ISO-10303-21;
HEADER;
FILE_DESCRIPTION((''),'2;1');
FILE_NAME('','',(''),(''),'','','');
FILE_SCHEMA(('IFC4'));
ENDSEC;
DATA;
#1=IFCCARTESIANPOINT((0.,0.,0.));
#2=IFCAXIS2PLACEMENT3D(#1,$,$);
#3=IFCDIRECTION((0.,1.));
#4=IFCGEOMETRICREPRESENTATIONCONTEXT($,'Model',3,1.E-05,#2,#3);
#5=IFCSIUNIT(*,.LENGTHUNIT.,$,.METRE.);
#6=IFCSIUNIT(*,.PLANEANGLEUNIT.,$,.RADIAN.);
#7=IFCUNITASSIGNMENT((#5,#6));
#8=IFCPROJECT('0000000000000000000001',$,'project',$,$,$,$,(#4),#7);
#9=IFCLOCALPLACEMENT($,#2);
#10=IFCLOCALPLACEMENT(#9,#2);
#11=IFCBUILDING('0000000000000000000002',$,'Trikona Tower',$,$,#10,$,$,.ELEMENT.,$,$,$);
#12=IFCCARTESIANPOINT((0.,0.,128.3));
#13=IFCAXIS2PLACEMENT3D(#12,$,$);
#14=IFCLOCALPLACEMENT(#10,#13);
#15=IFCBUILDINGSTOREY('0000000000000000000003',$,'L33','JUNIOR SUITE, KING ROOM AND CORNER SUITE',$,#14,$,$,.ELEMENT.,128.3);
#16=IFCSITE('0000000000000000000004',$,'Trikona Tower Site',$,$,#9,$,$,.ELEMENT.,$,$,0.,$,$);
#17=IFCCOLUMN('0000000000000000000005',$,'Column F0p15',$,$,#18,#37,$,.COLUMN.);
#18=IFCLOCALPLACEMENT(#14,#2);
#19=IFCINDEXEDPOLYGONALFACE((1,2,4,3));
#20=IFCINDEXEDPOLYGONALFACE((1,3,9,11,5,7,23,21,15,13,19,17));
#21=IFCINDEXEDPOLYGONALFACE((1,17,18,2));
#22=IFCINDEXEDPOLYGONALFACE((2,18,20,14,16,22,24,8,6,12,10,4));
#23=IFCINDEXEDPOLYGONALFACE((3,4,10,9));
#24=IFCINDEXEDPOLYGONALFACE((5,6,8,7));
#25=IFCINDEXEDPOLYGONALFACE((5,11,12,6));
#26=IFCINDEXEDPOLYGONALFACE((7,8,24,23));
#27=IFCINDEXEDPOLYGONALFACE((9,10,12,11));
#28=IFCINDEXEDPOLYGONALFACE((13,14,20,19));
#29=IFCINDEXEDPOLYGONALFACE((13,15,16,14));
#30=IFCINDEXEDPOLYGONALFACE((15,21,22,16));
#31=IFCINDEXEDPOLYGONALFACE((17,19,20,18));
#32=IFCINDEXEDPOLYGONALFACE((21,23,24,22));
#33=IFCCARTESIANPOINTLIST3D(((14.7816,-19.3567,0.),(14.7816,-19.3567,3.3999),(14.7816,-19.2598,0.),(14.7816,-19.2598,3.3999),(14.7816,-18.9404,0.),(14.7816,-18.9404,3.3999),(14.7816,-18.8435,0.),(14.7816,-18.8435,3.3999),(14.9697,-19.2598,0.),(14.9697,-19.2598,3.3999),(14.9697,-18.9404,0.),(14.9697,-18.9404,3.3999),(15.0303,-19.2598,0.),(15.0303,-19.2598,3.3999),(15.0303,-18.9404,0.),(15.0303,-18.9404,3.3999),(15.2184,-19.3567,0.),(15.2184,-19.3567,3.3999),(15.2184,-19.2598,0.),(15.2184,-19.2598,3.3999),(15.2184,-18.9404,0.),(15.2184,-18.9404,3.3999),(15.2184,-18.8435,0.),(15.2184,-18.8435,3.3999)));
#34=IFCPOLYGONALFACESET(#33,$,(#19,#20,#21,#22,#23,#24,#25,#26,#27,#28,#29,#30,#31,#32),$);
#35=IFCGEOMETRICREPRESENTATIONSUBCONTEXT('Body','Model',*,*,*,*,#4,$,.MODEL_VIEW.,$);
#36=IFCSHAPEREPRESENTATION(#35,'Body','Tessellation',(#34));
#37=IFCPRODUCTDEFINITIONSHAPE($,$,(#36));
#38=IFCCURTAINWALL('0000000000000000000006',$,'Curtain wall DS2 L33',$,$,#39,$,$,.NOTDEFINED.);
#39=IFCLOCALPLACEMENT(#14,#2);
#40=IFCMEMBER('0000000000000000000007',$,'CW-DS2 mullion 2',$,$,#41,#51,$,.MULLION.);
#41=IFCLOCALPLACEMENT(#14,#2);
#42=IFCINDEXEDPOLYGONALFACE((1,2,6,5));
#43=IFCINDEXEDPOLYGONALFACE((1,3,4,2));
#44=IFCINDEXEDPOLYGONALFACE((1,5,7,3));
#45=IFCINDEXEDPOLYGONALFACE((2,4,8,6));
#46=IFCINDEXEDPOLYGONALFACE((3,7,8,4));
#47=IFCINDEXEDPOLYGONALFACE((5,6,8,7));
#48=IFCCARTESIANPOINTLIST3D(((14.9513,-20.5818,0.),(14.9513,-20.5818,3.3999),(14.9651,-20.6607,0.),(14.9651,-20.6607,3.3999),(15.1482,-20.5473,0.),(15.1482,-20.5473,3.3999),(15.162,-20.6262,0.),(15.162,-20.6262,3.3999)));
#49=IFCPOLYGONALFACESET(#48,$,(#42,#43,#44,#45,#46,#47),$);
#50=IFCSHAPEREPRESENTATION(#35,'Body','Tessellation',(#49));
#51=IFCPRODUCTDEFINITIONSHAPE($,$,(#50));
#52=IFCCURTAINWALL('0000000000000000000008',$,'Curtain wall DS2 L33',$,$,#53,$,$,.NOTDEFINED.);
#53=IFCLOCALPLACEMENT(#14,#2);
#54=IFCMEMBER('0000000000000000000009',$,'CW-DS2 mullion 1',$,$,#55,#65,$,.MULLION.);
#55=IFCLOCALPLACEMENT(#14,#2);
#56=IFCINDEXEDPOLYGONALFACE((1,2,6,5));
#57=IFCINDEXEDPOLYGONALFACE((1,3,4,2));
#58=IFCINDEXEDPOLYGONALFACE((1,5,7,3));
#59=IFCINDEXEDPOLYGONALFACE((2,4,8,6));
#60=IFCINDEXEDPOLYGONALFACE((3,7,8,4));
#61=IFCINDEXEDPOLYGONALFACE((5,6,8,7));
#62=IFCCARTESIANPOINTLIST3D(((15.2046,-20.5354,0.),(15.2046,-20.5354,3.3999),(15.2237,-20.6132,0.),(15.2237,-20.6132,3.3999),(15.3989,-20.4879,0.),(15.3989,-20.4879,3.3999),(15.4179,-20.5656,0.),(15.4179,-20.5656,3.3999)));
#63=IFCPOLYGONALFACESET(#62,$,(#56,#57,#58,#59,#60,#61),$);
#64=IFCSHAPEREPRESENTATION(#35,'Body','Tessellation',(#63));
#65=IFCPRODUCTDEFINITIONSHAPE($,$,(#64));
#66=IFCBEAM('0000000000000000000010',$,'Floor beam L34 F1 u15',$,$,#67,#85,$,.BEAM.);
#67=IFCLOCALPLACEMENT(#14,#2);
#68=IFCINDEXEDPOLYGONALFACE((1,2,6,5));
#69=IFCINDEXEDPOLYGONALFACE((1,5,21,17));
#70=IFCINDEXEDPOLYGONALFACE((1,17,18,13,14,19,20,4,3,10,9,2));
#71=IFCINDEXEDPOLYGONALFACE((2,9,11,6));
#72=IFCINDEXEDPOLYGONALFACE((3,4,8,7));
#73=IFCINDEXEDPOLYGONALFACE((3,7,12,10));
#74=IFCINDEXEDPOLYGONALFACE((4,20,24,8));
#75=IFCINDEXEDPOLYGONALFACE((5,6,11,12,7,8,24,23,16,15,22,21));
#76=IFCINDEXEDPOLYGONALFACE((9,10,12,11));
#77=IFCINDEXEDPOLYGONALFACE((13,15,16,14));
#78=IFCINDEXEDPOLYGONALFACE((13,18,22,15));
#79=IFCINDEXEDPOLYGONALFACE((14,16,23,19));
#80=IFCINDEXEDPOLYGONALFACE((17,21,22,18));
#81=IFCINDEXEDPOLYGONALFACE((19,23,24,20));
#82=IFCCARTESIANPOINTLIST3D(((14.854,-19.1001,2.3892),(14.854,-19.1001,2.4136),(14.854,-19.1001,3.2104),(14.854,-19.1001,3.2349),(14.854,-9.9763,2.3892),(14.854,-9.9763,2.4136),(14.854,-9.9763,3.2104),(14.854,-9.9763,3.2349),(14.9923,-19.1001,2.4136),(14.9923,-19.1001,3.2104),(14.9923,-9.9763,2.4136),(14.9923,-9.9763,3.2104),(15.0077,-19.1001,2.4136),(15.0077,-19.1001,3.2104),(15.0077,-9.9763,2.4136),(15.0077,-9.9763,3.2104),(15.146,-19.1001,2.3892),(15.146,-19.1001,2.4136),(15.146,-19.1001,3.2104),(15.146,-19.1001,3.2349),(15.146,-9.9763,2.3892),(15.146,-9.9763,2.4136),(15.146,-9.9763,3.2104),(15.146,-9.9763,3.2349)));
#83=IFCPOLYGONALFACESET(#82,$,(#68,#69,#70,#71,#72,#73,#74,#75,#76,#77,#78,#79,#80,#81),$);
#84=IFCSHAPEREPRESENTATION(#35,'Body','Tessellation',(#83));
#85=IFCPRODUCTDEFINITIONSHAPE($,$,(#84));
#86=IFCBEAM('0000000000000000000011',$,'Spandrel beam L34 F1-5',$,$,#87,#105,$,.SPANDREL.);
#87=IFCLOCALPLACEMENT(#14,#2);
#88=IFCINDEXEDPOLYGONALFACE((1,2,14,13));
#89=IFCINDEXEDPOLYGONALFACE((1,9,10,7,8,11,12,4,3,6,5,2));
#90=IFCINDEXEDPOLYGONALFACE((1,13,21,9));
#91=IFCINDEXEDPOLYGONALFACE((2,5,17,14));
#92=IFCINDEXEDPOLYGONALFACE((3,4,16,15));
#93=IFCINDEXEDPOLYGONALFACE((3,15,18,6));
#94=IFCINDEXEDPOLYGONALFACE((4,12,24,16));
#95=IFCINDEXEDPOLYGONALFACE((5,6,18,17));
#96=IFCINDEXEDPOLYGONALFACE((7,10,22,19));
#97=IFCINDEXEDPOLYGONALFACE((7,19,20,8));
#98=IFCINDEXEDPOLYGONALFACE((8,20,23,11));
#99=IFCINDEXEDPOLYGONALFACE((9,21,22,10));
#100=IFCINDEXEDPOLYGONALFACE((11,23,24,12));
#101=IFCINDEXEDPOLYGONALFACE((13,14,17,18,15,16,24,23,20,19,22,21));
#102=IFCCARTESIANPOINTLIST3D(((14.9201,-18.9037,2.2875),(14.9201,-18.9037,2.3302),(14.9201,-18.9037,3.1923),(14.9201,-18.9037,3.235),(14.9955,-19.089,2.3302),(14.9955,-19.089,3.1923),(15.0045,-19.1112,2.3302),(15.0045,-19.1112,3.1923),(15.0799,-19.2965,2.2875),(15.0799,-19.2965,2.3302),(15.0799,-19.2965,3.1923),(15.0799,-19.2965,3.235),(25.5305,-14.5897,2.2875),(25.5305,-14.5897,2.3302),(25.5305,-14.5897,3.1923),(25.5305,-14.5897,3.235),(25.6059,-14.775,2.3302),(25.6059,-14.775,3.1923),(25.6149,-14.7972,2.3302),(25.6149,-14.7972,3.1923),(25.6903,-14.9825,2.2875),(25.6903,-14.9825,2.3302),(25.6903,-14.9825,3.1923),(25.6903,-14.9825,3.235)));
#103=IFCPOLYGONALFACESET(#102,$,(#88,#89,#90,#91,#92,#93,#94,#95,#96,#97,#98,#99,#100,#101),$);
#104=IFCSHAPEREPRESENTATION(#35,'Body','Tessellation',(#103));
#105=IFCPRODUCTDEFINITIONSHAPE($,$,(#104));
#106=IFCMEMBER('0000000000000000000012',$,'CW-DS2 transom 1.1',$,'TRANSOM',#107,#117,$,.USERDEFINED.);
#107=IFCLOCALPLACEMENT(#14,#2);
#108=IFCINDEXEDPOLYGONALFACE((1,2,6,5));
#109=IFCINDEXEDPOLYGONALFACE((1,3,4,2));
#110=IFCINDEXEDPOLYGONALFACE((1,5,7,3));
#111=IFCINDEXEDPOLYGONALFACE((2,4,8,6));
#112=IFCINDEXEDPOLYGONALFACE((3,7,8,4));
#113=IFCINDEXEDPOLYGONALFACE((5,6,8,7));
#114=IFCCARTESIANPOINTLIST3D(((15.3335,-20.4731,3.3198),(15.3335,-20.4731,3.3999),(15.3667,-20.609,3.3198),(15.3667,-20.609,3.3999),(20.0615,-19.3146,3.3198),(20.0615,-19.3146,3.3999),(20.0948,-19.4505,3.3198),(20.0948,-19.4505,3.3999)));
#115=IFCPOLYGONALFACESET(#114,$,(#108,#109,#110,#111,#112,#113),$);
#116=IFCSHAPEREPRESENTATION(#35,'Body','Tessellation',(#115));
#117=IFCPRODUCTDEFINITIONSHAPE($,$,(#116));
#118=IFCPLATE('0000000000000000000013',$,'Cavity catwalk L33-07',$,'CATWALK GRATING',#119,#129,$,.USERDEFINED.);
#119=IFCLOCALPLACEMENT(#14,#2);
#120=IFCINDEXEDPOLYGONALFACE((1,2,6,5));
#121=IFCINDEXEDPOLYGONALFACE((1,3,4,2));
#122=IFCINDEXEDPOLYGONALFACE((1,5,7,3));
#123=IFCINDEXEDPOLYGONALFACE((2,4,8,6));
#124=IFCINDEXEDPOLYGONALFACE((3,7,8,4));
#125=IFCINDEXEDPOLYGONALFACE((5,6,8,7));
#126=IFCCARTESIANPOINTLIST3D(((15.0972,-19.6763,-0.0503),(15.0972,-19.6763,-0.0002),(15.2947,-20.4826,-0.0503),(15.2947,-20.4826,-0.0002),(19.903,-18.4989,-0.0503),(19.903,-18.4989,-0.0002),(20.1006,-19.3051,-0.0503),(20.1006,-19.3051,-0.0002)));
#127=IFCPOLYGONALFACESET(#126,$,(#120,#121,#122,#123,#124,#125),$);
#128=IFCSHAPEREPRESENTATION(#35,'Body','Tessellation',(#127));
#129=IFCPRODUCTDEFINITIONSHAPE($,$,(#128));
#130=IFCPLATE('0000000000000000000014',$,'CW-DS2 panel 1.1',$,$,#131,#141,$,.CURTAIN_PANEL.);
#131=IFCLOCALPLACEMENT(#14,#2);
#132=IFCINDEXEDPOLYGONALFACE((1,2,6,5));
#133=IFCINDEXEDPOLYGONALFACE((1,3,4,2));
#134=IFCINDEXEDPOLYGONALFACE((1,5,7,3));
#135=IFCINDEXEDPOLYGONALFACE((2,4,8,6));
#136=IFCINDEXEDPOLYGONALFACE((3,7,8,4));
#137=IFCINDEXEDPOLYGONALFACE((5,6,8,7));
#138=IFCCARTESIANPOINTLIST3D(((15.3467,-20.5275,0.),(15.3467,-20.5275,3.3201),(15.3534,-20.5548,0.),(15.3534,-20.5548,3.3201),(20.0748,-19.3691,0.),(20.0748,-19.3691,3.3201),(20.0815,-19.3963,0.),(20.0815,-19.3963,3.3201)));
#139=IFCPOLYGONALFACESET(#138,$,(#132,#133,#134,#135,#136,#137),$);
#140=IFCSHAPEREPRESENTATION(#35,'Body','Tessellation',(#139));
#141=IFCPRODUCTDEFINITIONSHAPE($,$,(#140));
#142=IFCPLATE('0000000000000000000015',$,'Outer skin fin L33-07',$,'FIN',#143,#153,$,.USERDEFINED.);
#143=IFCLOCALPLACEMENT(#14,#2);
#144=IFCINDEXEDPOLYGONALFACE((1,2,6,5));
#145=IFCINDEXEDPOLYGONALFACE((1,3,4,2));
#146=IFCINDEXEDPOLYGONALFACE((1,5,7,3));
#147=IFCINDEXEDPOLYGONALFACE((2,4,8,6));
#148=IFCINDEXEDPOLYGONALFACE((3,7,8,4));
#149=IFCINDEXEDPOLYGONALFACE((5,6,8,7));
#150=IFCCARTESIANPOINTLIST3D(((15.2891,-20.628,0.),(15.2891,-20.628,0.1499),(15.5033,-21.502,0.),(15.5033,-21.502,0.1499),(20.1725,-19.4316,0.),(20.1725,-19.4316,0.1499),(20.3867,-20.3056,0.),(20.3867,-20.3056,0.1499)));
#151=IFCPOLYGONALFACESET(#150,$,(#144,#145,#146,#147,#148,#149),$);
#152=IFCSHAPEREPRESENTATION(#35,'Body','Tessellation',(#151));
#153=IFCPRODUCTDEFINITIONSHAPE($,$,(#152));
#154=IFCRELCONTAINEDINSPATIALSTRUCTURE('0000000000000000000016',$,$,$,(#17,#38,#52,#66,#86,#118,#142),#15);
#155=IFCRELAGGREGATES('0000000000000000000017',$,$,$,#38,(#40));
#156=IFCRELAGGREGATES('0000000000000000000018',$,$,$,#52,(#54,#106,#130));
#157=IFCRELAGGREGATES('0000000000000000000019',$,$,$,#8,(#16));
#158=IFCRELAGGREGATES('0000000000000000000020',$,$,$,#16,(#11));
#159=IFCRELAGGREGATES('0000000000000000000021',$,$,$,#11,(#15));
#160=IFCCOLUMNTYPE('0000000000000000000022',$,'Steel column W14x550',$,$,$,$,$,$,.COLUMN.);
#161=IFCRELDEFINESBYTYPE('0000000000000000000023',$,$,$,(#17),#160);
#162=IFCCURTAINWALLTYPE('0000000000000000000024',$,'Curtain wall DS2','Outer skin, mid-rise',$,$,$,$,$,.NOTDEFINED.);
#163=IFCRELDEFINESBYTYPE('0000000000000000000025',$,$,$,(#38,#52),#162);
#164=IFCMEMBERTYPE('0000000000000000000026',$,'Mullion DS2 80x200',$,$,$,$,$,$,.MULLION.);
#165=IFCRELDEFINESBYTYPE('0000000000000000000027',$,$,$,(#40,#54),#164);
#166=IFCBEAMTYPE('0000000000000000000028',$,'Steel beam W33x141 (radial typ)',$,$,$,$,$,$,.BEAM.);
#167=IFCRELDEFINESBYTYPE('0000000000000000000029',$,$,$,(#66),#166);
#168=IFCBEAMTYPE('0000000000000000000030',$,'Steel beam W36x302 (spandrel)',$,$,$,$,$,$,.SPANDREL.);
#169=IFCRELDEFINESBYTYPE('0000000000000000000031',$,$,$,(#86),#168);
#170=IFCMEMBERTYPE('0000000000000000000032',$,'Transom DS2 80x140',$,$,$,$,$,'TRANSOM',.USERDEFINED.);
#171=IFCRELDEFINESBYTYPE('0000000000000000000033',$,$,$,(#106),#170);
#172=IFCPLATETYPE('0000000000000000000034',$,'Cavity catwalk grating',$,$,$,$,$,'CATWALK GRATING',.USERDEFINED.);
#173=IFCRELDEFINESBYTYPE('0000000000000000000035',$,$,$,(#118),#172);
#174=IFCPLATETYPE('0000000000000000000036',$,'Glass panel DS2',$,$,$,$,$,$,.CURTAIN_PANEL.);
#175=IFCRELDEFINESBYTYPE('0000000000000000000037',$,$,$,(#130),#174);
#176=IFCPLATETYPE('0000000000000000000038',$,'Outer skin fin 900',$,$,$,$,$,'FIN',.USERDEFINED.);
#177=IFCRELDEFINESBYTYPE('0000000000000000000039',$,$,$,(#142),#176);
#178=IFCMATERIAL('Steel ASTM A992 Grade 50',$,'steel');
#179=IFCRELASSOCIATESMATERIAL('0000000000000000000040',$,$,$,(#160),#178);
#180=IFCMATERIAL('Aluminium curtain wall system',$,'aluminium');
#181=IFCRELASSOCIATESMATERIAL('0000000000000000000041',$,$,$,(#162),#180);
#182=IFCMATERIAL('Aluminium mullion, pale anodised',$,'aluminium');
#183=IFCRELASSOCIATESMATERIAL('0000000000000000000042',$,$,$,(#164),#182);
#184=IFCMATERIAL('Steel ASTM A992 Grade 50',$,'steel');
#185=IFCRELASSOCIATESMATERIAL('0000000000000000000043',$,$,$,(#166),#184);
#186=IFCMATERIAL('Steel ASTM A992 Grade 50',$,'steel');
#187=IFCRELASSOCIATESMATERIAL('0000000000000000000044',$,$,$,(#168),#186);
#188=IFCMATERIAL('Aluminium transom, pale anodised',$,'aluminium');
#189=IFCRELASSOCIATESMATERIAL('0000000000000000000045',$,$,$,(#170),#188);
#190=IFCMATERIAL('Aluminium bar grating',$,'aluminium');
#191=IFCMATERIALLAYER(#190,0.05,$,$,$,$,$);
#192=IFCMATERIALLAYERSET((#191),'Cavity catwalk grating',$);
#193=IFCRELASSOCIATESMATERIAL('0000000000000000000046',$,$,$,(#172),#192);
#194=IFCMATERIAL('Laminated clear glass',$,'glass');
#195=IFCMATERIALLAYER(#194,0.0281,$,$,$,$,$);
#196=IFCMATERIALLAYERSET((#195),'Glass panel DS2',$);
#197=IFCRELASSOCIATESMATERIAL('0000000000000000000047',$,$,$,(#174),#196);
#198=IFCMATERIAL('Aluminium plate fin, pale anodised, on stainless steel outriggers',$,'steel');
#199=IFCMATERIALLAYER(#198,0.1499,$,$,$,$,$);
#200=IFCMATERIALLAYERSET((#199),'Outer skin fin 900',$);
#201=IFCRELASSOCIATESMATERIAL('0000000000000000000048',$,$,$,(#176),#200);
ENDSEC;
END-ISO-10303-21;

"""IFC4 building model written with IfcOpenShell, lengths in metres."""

from ifc_helpers import new_model, si_unit, direction, frame, origin, origin_2d, place, context, subcontext, project, spatial, rectangle, i_section, extrude, material, layer, layer_set, material_profile, profile_set, type_object, element, aggregate, save


model = new_model("IFC4")

# Units and contexts
model_context = context("Model", 3, precision=1e-05, world=origin(), true_north=direction((0.0, 1.0)))
body_context = subcontext(model_context, "Body", "Model", "MODEL_VIEW")
ifc_project = project(units=[si_unit("LENGTHUNIT", "METRE"), si_unit("PLANEANGLEUNIT", "RADIAN")], contexts=[model_context])

# Site, building, storey
site_placement = place(None, origin())
site = spatial("IfcSite", under=ifc_project, at=site_placement, Name="Trikona Tower Site", CompositionType="ELEMENT", RefElevation=0.0)
building_placement = place(site_placement, origin())
building = spatial("IfcBuilding", under=site, at=building_placement, Name="Trikona Tower", CompositionType="ELEMENT")
storey_placement = place(building_placement, frame((0.0, 0.0, 128.3)))
storey = spatial("IfcBuildingStorey", under=building, at=storey_placement, Name="L33", Description="JUNIOR SUITE, KING ROOM AND CORNER SUITE", CompositionType="ELEMENT", Elevation=128.3)

# Column
ifc_material_1 = material(Name="Steel ASTM A992 Grade 50", Category="steel")
ifc_material_profile_1 = material_profile(ifc_material_1, i_section(OverallWidth=0.4368, OverallDepth=0.5132, WebThickness=0.0605, FlangeThickness=0.0969, at=origin_2d()), Name="W14X550")
ifc_profile_set_1 = profile_set([ifc_material_profile_1], Name="Steel ASTM A992 Grade 50")
column_type = type_object("IfcColumnType", Name="Steel column W14x550", PredefinedType="COLUMN", material=ifc_profile_set_1)
column_placement = place(storey_placement, frame((15.0, -19.1001, 0.0), z_axis=(0.0, 0.0, 1.0), x_axis=(1.0, 0.0, 0.0)))
element("IfcColumn", 1, at=column_placement, inside=storey, type_object=column_type, Name="Column F0p15", PredefinedType="COLUMN", context=body_context, shape_type="SweptSolid", body=[
    extrude(i_section(OverallWidth=0.4368, OverallDepth=0.5132, WebThickness=0.0605, FlangeThickness=0.0969, at=origin_2d()), origin(), (0.0, 0.0, 1.0), 3.3999),
])

# Curtain walls, members
ifc_material_2 = material(Name="Aluminium curtain wall system", Category="aluminium")
curtain_wall_type = type_object("IfcCurtainWallType", Name="Curtain wall DS2", Description="Outer skin, mid-rise", PredefinedType="NOTDEFINED", material=ifc_material_2)
curtain_wall_1_placement = place(storey_placement, origin())
curtain_wall_1 = element("IfcCurtainWall", 2, at=curtain_wall_1_placement, inside=storey, type_object=curtain_wall_type, Name="Curtain wall DS2 L33", PredefinedType="NOTDEFINED")
ifc_material_3 = material(Name="Aluminium mullion, pale anodised", Category="aluminium")
ifc_material_profile_2 = material_profile(ifc_material_3, rectangle(XDim=0.0801, YDim=0.2, at=origin_2d()), Name="MUL-DS2")
ifc_profile_set_2 = profile_set([ifc_material_profile_2], Name="Aluminium mullion, pale anodised")
member_type_1 = type_object("IfcMemberType", Name="Mullion DS2 80x200", PredefinedType="MULLION", material=ifc_profile_set_2)
member_1_placement = place(storey_placement, frame((15.0566, -20.604, 0.0), z_axis=(0.0, 0.0, 1.0), x_axis=(-0.172377, 0.985031, 0.0)))
member_1 = element("IfcMember", 3, at=member_1_placement, type_object=member_type_1, Name="CW-DS2 mullion 2", PredefinedType="MULLION", context=body_context, shape_type="SweptSolid", body=[
    extrude(rectangle(XDim=0.0801, YDim=0.2, at=origin_2d()), origin(), (0.0, 0.0, 1.0), 3.3999),
])
aggregate(curtain_wall_1, [member_1])
curtain_wall_2_placement = place(storey_placement, origin())
curtain_wall_2 = element("IfcCurtainWall", 4, at=curtain_wall_2_placement, inside=storey, type_object=curtain_wall_type, Name="Curtain wall DS2 L33", PredefinedType="NOTDEFINED")
member_2_placement = place(storey_placement, frame((15.3113, -20.5505, 0.0), z_axis=(0.0, 0.0, 1.0), x_axis=(-0.23797, 0.971272, 0.0)))
member_2 = element("IfcMember", 5, at=member_2_placement, type_object=member_type_1, Name="CW-DS2 mullion 1", PredefinedType="MULLION", context=body_context, shape_type="SweptSolid", body=[
    extrude(rectangle(XDim=0.0801, YDim=0.2, at=origin_2d()), origin(), (0.0, 0.0, 1.0), 3.3999),
])

# Beams
ifc_material_4 = material(Name="Steel ASTM A992 Grade 50", Category="steel")
ifc_material_profile_3 = material_profile(ifc_material_4, i_section(OverallWidth=0.292, OverallDepth=0.8457, WebThickness=0.0154, FlangeThickness=0.0244, at=origin_2d()), Name="W33X141")
ifc_profile_set_3 = profile_set([ifc_material_profile_3], Name="Steel ASTM A992 Grade 50")
beam_type_1 = type_object("IfcBeamType", Name="Steel beam W33x141 (radial typ)", PredefinedType="BEAM", material=ifc_profile_set_3)
beam_1_placement = place(storey_placement, frame((15.0, -9.9763, 2.812), z_axis=(0.0, -1.0, 0.0), x_axis=(1.0, 0.0, 0.0)))
element("IfcBeam", 6, at=beam_1_placement, inside=storey, type_object=beam_type_1, Name="Floor beam L34 F1 u15", PredefinedType="BEAM", context=body_context, shape_type="SweptSolid", body=[
    extrude(i_section(OverallWidth=0.292, OverallDepth=0.8457, WebThickness=0.0154, FlangeThickness=0.0244, at=origin_2d()), origin(), (0.0, 0.0, 1.0), 9.1238),
])
ifc_material_5 = material(Name="Steel ASTM A992 Grade 50", Category="steel")
ifc_material_profile_4 = material_profile(ifc_material_5, i_section(OverallWidth=0.4241, OverallDepth=0.9475, WebThickness=0.0239, FlangeThickness=0.0427, at=origin_2d()), Name="W36X302")
ifc_profile_set_4 = profile_set([ifc_material_profile_4], Name="Steel ASTM A992 Grade 50")
beam_type_2 = type_object("IfcBeamType", Name="Steel beam W36x302 (spandrel)", PredefinedType="SPANDREL", material=ifc_profile_set_4)
beam_2_placement = place(storey_placement, frame((15.0, -19.1001, 2.7612), z_axis=(0.92636, 0.37664, 0.0), x_axis=(-0.37664, 0.92636, 0.0)))
element("IfcBeam", 7, at=beam_2_placement, inside=storey, type_object=beam_type_2, Name="Spandrel beam L34 F1-5", PredefinedType="SPANDREL", context=body_context, shape_type="SweptSolid", body=[
    extrude(i_section(OverallWidth=0.4241, OverallDepth=0.9475, WebThickness=0.0239, FlangeThickness=0.0427, at=origin_2d()), origin(), (0.0, 0.0, 1.0), 11.4539),
])

# Member
ifc_material_6 = material(Name="Aluminium transom, pale anodised", Category="aluminium")
ifc_material_profile_5 = material_profile(ifc_material_6, rectangle(XDim=0.1399, YDim=0.0801, at=origin_2d()), Name="TRN-DS2")
ifc_profile_set_5 = profile_set([ifc_material_profile_5], Name="Aluminium transom, pale anodised")
member_type_2 = type_object("IfcMemberType", Name="Transom DS2 80x140", ElementType="TRANSOM", PredefinedType="USERDEFINED", material=ifc_profile_set_5)
member_3_placement = place(storey_placement, frame((15.3501, -20.541, 3.3599), z_axis=(0.971271, 0.237978, 0.0), x_axis=(-0.237978, 0.971271, 0.0)))
member_3 = element("IfcMember", 8, at=member_3_placement, type_object=member_type_2, Name="CW-DS2 transom 1.1", ObjectType="TRANSOM", PredefinedType="USERDEFINED", context=body_context, shape_type="SweptSolid", body=[
    extrude(rectangle(XDim=0.1399, YDim=0.0801, at=origin_2d()), origin(), (0.0, 0.0, 1.0), 4.8679),
])

# Plates
ifc_material_7 = material(Name="Aluminium bar grating", Category="aluminium")
ifc_layer_1 = layer(ifc_material_7, 0.05)
ifc_layer_set_1 = layer_set([ifc_layer_1], Name="Cavity catwalk grating")
plate_type_1 = type_object("IfcPlateType", Name="Cavity catwalk grating", ElementType="CATWALK GRATING", PredefinedType="USERDEFINED", material=ifc_layer_set_1)
plate_1_placement = place(storey_placement, frame((17.5989, -19.4907, -0.0503), z_axis=(0.0, 0.0, 1.0), x_axis=(0.971274, 0.237962, 0.0)))
element("IfcPlate", 9, at=plate_1_placement, inside=storey, type_object=plate_type_1, Name="Cavity catwalk L33-07", ObjectType="CATWALK GRATING", PredefinedType="USERDEFINED", context=body_context, shape_type="SweptSolid", body=[
    extrude(rectangle(XDim=4.948, YDim=0.8301, at=origin_2d()), origin(), (0.0, 0.0, 1.0), 0.05),
])
ifc_material_8 = material(Name="Laminated clear glass", Category="glass")
ifc_layer_2 = layer(ifc_material_8, 0.0281)
ifc_layer_set_2 = layer_set([ifc_layer_2], Name="Glass panel DS2")
plate_type_2 = type_object("IfcPlateType", Name="Glass panel DS2", PredefinedType="CURTAIN_PANEL", material=ifc_layer_set_2)
plate_2_placement = place(storey_placement, frame((17.7141, -19.9619, 0.0), z_axis=(0.0, 0.0, 1.0), x_axis=(0.971272, 0.23797, 0.0)))
plate_2 = element("IfcPlate", 10, at=plate_2_placement, type_object=plate_type_2, Name="CW-DS2 panel 1.1", PredefinedType="CURTAIN_PANEL", context=body_context, shape_type="SweptSolid", body=[
    extrude(rectangle(XDim=4.8679, YDim=0.0281, at=origin_2d()), origin(), (0.0, 0.0, 1.0), 3.3201),
])
aggregate(curtain_wall_2, [member_2, member_3, plate_2])
ifc_material_9 = material(Name="Aluminium plate fin, pale anodised, on stainless steel outriggers", Category="steel")
ifc_layer_3 = layer(ifc_material_9, 0.1499)
ifc_layer_set_3 = layer_set([ifc_layer_3], Name="Outer skin fin 900")
plate_type_3 = type_object("IfcPlateType", Name="Outer skin fin 900", ElementType="FIN", PredefinedType="USERDEFINED", material=ifc_layer_set_3)
plate_3_placement = place(storey_placement, frame((17.8379, -20.4668, 0.0), z_axis=(0.0, 0.0, 1.0), x_axis=(0.971274, 0.237962, 0.0)))
element("IfcPlate", 11, at=plate_3_placement, inside=storey, type_object=plate_type_3, Name="Outer skin fin L33-07", ObjectType="FIN", PredefinedType="USERDEFINED", context=body_context, shape_type="SweptSolid", body=[
    extrude(rectangle(XDim=5.0278, YDim=0.8999, at=origin_2d()), origin(), (0.0, 0.0, 1.0), 0.1499),
])

save(model, "model.ifc")
